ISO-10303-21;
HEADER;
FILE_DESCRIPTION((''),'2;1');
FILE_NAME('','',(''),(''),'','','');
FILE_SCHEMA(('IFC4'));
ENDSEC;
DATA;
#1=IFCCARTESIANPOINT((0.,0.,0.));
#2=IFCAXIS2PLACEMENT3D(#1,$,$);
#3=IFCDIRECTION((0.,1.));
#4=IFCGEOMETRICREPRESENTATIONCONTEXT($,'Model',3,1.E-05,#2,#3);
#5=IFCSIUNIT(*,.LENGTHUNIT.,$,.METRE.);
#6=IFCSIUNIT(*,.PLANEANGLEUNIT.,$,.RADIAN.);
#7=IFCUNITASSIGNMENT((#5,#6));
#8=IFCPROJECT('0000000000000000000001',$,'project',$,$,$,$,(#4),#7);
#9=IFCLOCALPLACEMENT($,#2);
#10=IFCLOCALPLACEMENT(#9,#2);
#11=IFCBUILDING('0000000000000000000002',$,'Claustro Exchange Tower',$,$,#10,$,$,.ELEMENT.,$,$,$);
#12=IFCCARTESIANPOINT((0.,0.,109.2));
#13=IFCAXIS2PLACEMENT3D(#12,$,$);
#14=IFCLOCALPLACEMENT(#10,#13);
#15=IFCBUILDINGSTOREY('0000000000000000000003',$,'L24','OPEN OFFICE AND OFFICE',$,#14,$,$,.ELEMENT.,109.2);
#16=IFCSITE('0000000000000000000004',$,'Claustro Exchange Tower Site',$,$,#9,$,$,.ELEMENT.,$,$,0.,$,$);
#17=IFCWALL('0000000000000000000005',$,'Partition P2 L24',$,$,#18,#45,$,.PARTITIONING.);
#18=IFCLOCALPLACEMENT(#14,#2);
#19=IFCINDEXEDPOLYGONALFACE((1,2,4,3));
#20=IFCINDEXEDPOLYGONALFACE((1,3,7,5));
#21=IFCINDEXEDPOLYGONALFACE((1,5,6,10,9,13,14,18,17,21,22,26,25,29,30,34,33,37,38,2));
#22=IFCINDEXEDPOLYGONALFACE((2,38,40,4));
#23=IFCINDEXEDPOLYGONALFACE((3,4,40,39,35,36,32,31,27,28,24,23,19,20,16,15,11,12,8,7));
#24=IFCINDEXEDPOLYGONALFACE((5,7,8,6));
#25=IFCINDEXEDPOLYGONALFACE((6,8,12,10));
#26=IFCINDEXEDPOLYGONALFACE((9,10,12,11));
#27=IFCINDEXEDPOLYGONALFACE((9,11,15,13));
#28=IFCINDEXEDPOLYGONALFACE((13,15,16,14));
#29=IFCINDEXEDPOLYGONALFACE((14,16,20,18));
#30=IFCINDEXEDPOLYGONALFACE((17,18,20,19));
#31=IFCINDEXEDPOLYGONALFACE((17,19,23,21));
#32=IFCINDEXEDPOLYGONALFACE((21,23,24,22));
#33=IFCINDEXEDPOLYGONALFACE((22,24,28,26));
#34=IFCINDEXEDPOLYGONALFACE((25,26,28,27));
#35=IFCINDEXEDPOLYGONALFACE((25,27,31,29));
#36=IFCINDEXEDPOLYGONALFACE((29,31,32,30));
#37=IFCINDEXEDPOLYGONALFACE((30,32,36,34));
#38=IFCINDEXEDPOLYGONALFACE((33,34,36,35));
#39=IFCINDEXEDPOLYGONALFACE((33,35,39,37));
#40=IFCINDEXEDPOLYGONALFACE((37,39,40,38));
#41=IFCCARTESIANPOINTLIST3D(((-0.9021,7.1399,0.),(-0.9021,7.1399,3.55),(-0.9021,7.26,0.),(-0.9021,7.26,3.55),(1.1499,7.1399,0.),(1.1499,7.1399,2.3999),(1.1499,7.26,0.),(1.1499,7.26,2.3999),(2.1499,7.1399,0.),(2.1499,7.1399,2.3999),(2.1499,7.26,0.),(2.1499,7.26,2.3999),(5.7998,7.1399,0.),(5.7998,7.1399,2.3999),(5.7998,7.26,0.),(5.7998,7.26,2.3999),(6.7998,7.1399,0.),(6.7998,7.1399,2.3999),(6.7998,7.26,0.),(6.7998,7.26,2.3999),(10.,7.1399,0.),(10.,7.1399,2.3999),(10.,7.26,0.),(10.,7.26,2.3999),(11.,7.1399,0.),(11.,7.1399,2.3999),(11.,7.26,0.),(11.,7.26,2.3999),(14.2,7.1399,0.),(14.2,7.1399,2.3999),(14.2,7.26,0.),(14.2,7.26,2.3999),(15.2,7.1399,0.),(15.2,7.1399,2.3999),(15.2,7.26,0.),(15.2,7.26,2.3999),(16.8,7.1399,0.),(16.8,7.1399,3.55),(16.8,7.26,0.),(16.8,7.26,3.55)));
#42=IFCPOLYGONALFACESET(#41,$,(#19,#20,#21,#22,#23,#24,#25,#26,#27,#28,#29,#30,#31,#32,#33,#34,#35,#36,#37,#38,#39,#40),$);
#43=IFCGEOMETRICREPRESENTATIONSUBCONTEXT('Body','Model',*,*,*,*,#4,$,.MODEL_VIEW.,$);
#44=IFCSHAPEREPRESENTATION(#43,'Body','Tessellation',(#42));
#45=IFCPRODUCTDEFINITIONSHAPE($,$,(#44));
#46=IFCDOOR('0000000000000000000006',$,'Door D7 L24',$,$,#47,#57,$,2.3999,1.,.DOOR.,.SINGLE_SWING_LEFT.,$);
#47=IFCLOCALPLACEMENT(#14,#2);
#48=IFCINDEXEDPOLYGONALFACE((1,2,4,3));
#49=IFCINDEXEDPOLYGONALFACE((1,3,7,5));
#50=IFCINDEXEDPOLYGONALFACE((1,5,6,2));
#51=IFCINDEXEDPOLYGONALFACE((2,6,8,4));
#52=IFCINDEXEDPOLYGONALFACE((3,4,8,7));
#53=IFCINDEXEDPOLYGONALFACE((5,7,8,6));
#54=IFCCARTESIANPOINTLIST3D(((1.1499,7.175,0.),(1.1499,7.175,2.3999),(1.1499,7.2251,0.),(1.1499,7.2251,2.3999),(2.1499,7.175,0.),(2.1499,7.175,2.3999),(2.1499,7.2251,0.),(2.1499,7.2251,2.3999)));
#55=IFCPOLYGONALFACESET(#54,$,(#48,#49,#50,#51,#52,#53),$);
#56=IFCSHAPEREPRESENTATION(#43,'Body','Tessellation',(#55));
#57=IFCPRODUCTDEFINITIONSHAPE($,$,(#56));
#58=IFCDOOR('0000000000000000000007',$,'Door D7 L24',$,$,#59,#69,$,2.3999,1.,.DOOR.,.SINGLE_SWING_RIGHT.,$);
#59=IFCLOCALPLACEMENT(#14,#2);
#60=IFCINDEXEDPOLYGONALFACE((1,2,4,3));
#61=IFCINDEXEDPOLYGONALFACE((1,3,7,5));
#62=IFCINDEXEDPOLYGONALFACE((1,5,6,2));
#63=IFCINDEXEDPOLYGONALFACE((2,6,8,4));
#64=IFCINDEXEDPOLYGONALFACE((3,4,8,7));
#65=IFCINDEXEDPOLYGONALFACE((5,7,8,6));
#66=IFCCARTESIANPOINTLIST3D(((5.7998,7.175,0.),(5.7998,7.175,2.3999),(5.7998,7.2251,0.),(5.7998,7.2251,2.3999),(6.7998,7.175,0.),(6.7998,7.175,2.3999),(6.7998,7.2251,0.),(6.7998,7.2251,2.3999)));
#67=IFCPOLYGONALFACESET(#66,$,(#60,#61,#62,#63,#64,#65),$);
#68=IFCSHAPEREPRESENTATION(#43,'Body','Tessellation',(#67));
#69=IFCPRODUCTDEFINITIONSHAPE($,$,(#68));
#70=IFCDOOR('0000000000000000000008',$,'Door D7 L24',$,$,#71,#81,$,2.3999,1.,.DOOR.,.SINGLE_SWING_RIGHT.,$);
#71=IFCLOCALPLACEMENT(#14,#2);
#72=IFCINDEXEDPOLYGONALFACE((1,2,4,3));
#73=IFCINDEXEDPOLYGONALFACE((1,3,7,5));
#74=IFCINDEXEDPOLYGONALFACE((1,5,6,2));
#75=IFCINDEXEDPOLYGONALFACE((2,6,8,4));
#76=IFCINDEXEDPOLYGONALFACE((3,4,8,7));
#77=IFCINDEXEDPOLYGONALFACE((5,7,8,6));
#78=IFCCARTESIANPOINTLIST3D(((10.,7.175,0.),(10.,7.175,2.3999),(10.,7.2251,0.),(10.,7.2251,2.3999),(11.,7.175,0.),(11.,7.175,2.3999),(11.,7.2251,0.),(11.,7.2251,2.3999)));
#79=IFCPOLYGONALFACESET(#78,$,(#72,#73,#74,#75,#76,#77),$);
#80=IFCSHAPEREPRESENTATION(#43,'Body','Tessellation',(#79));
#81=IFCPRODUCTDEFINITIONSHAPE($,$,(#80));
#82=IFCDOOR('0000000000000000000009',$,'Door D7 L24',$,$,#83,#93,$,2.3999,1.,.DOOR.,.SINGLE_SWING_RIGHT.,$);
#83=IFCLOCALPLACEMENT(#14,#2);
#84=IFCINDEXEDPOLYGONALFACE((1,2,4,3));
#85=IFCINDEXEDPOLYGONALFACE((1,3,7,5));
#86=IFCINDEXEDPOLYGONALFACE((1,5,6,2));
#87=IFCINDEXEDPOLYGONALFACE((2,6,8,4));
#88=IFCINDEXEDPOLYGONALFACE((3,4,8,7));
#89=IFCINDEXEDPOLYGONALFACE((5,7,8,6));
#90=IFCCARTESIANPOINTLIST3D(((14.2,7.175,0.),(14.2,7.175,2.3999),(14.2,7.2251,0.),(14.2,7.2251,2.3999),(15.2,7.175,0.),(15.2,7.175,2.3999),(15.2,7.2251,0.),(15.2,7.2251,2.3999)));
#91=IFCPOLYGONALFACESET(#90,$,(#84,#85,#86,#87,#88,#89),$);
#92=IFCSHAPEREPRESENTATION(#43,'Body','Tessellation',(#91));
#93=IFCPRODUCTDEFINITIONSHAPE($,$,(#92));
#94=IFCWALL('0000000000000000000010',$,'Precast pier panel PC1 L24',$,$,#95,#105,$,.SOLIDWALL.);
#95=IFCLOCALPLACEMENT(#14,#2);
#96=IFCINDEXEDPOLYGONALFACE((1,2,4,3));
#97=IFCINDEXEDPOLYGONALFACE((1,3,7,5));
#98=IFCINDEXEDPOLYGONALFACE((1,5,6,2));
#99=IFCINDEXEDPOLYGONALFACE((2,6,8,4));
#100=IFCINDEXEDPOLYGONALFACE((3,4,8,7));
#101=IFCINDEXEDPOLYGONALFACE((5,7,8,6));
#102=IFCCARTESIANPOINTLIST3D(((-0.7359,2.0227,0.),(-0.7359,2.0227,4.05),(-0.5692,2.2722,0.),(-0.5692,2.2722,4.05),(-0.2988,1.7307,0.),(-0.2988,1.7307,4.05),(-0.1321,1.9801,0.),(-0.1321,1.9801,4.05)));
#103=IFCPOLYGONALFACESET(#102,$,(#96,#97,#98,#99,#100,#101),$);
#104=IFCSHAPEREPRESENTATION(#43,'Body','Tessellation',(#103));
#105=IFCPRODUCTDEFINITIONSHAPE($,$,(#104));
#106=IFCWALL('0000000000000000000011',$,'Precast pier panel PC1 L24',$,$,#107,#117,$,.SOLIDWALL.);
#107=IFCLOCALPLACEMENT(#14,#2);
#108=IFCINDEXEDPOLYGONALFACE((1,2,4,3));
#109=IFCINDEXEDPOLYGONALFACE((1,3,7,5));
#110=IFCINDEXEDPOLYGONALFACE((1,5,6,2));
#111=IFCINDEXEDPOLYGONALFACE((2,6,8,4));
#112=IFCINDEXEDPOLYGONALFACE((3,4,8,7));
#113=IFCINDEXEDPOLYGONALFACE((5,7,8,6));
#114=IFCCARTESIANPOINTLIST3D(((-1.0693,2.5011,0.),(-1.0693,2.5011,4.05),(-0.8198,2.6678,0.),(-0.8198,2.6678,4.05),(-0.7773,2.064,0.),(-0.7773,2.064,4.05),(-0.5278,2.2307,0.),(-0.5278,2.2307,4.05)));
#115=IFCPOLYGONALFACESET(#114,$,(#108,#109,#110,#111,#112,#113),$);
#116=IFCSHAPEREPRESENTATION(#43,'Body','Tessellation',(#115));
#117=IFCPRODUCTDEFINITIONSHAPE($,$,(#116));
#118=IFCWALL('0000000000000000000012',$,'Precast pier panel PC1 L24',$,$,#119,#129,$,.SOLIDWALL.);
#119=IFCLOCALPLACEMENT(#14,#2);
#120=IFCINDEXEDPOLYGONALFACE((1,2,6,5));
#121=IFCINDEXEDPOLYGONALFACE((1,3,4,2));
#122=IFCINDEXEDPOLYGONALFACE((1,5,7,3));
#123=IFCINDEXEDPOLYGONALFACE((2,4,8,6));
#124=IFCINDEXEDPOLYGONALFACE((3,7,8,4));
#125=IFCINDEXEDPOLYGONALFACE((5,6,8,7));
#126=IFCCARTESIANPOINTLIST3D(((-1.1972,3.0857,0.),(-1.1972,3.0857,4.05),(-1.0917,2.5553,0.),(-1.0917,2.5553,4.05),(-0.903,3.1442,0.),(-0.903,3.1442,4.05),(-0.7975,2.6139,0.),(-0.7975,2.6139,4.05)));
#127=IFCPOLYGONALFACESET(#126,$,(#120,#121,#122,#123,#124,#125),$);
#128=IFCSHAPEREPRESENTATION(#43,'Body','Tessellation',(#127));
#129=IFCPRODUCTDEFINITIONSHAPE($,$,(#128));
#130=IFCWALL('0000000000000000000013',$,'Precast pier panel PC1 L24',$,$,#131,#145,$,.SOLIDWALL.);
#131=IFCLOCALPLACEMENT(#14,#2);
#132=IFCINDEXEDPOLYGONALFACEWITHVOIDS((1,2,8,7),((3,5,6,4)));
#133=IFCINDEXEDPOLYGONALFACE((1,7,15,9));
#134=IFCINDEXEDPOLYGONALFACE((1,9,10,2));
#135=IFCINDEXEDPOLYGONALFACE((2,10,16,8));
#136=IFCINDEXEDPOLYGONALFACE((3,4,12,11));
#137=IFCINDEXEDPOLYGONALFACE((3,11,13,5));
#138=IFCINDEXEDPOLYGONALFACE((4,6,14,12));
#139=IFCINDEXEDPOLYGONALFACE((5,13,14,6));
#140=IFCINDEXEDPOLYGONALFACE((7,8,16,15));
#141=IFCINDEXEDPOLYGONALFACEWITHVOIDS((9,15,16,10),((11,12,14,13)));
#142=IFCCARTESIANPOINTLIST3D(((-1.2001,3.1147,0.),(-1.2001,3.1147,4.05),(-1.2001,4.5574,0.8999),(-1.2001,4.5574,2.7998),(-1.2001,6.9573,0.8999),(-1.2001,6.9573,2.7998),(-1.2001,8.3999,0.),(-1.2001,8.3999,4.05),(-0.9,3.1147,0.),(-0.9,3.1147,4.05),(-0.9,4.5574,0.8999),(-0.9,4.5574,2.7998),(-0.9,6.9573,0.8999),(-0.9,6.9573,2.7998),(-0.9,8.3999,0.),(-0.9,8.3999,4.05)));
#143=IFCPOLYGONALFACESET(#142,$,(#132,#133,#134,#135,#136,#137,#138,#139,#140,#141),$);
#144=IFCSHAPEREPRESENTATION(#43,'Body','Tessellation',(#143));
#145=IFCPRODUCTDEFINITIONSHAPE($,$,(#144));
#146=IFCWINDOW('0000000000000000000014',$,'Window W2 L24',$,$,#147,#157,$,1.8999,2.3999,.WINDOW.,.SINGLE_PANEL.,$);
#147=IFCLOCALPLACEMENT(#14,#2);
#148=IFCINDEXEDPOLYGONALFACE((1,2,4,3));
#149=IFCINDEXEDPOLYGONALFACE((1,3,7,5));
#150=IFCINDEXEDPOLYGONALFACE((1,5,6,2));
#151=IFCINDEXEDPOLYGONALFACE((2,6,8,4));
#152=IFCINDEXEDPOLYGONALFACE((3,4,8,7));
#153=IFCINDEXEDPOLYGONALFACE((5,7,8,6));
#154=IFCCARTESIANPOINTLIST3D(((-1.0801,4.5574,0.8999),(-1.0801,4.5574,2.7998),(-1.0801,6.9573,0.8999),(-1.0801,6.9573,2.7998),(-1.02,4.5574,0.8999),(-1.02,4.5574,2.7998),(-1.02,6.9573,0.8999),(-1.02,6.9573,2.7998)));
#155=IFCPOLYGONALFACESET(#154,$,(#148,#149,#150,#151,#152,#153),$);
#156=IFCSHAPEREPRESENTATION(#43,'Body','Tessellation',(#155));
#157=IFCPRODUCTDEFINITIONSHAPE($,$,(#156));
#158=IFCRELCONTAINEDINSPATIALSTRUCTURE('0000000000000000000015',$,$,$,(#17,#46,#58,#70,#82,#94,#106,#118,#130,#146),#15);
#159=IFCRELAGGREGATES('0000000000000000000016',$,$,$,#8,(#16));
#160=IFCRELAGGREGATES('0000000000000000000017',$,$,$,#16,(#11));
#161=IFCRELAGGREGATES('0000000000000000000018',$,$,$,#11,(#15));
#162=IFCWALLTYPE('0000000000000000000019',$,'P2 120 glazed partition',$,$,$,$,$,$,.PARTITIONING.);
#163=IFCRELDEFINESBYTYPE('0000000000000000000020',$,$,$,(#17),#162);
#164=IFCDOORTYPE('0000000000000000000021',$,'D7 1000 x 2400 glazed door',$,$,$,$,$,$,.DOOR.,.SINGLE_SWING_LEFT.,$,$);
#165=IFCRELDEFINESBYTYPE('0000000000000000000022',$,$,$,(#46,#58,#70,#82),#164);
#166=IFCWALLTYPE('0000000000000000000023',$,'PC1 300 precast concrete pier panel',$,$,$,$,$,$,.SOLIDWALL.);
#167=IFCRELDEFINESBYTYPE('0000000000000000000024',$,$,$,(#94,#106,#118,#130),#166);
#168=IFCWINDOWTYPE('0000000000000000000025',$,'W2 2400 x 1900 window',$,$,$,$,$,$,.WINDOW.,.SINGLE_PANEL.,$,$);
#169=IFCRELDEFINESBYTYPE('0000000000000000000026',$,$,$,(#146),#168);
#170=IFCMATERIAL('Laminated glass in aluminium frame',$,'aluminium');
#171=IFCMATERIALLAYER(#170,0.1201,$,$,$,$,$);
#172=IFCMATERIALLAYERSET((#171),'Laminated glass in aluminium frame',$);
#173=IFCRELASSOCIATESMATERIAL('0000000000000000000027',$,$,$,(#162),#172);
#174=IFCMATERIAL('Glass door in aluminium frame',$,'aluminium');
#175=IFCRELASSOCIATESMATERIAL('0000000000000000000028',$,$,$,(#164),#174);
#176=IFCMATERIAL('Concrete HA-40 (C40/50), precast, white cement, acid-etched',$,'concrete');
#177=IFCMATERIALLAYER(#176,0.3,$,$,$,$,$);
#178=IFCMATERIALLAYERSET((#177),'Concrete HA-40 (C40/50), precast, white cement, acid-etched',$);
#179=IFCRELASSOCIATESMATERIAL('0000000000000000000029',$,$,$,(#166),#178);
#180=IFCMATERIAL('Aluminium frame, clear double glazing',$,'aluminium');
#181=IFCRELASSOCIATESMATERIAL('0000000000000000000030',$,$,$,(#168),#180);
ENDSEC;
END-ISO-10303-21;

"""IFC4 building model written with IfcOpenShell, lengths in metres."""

from ifc_helpers import new_model, si_unit, direction, frame, frame_2d, origin, place, context, subcontext, project, spatial, rectangle, extrude, material, layer, layer_set, type_object, element, fill, save


model = new_model("IFC4")

# Units and contexts
model_context = context("Model", 3, precision=1e-05, world=origin(), true_north=direction((0.0, 1.0)))
body_context = subcontext(model_context, "Body", "Model", "MODEL_VIEW")
ifc_project = project(units=[si_unit("LENGTHUNIT", "METRE"), si_unit("PLANEANGLEUNIT", "RADIAN")], contexts=[model_context])

# Site, building, storey
site_placement = place(None, origin())
site = spatial("IfcSite", under=ifc_project, at=site_placement, Name="Claustro Exchange Tower Site", CompositionType="ELEMENT", RefElevation=0.0)
building_placement = place(site_placement, origin())
building = spatial("IfcBuilding", under=site, at=building_placement, Name="Claustro Exchange Tower", CompositionType="ELEMENT")
storey_placement = place(building_placement, frame((0.0, 0.0, 109.2)))
storey = spatial("IfcBuildingStorey", under=building, at=storey_placement, Name="L24", Description="OPEN OFFICE AND OFFICE", CompositionType="ELEMENT", Elevation=109.2)

# Wall, openings, doors
ifc_material_1 = material(Name="Laminated glass in aluminium frame", Category="aluminium")
ifc_layer_1 = layer(ifc_material_1, 0.1201)
ifc_layer_set_1 = layer_set([ifc_layer_1], Name="Laminated glass in aluminium frame")
wall_type_1 = type_object("IfcWallType", Name="P2 120 glazed partition", PredefinedType="PARTITIONING", material=ifc_layer_set_1)
wall_1_placement = place(storey_placement, frame((-0.9021, 7.2, 0.0), z_axis=(0.0, 0.0, 1.0), x_axis=(1.0, 0.0, 0.0)))
wall_1 = element("IfcWall", 1, at=wall_1_placement, inside=storey, type_object=wall_type_1, Name="Partition P2 L24", PredefinedType="PARTITIONING", context=body_context, shape_type="SweptSolid", body=[
    extrude(rectangle(XDim=17.7021, YDim=0.1201, at=frame_2d((8.8511, 0.0))), origin(), (0.0, 0.0, 1.0), 3.55),
])
opening_1_placement = place(wall_1_placement, frame((2.052, 0.0, 0.0)))
opening_1 = element("IfcOpeningElement", 2, at=opening_1_placement, cuts=wall_1, PredefinedType="OPENING", context=body_context, shape_type="SweptSolid", body=[
    extrude(rectangle(XDim=1.0, YDim=2.3999, at=frame_2d((0.5, 1.2))), frame((0.0, 0.0701, 0.0), z_axis=(0.0, -1.0, 0.0), x_axis=(1.0, 0.0, 0.0)), (0.0, 0.0, 1.0), 0.1401),
])
opening_2_placement = place(wall_1_placement, frame((6.7019, 0.0, 0.0)))
opening_2 = element("IfcOpeningElement", 3, at=opening_2_placement, cuts=wall_1, PredefinedType="OPENING", context=body_context, shape_type="SweptSolid", body=[
    extrude(rectangle(XDim=1.0, YDim=2.3999, at=frame_2d((0.5, 1.2))), frame((0.0, 0.0701, 0.0), z_axis=(0.0, -1.0, 0.0), x_axis=(1.0, 0.0, 0.0)), (0.0, 0.0, 1.0), 0.1401),
])
opening_3_placement = place(wall_1_placement, frame((10.9021, 0.0, 0.0)))
opening_3 = element("IfcOpeningElement", 4, at=opening_3_placement, cuts=wall_1, PredefinedType="OPENING", context=body_context, shape_type="SweptSolid", body=[
    extrude(rectangle(XDim=1.0, YDim=2.3999, at=frame_2d((0.5, 1.2))), frame((0.0, 0.0701, 0.0), z_axis=(0.0, -1.0, 0.0), x_axis=(1.0, 0.0, 0.0)), (0.0, 0.0, 1.0), 0.1401),
])
opening_4_placement = place(wall_1_placement, frame((15.1021, 0.0, 0.0)))
opening_4 = element("IfcOpeningElement", 5, at=opening_4_placement, cuts=wall_1, PredefinedType="OPENING", context=body_context, shape_type="SweptSolid", body=[
    extrude(rectangle(XDim=1.0, YDim=2.3999, at=frame_2d((0.5, 1.2))), frame((0.0, 0.0701, 0.0), z_axis=(0.0, -1.0, 0.0), x_axis=(1.0, 0.0, 0.0)), (0.0, 0.0, 1.0), 0.1401),
])
ifc_material_2 = material(Name="Glass door in aluminium frame", Category="aluminium")
door_type_1 = type_object("IfcDoorType", Name="D7 1000 x 2400 glazed door", OperationType="SINGLE_SWING_LEFT", PredefinedType="DOOR", material=ifc_material_2)
door_1_placement = place(opening_1_placement, frame((1.0, 0.0, 0.0), z_axis=(0.0, 0.0, 1.0), x_axis=(-1.0, 0.0, 0.0)))
door_1 = element("IfcDoor", 6, at=door_1_placement, inside=storey, type_object=door_type_1, Name="Door D7 L24", OperationType="SINGLE_SWING_LEFT", OverallHeight=2.3999, OverallWidth=1.0, PredefinedType="DOOR", context=body_context, shape_type="SweptSolid", body=[
    extrude(rectangle(XDim=1.0, YDim=2.3999, at=frame_2d((0.5, 1.2))), frame((0.0, 0.0249, 0.0), z_axis=(0.0, -1.0, 0.0), x_axis=(1.0, 0.0, 0.0)), (0.0, 0.0, 1.0), 0.05),
])
fill(opening_1, door_1)
door_2_placement = place(opening_2_placement, frame((1.0, 0.0, 0.0), z_axis=(0.0, 0.0, 1.0), x_axis=(-1.0, 0.0, 0.0)))
door_2 = element("IfcDoor", 7, at=door_2_placement, inside=storey, type_object=door_type_1, Name="Door D7 L24", OperationType="SINGLE_SWING_RIGHT", OverallHeight=2.3999, OverallWidth=1.0, PredefinedType="DOOR", context=body_context, shape_type="SweptSolid", body=[
    extrude(rectangle(XDim=1.0, YDim=2.3999, at=frame_2d((0.5, 1.2))), frame((0.0, 0.0249, 0.0), z_axis=(0.0, -1.0, 0.0), x_axis=(1.0, 0.0, 0.0)), (0.0, 0.0, 1.0), 0.05),
])
fill(opening_2, door_2)
door_3_placement = place(opening_3_placement, frame((1.0, 0.0, 0.0), z_axis=(0.0, 0.0, 1.0), x_axis=(-1.0, 0.0, 0.0)))
door_3 = element("IfcDoor", 8, at=door_3_placement, inside=storey, type_object=door_type_1, Name="Door D7 L24", OperationType="SINGLE_SWING_RIGHT", OverallHeight=2.3999, OverallWidth=1.0, PredefinedType="DOOR", context=body_context, shape_type="SweptSolid", body=[
    extrude(rectangle(XDim=1.0, YDim=2.3999, at=frame_2d((0.5, 1.2))), frame((0.0, 0.0249, 0.0), z_axis=(0.0, -1.0, 0.0), x_axis=(1.0, 0.0, 0.0)), (0.0, 0.0, 1.0), 0.05),
])
fill(opening_3, door_3)
door_4_placement = place(opening_4_placement, frame((1.0, 0.0, 0.0), z_axis=(0.0, 0.0, 1.0), x_axis=(-1.0, 0.0, 0.0)))
door_4 = element("IfcDoor", 9, at=door_4_placement, inside=storey, type_object=door_type_1, Name="Door D7 L24", OperationType="SINGLE_SWING_RIGHT", OverallHeight=2.3999, OverallWidth=1.0, PredefinedType="DOOR", context=body_context, shape_type="SweptSolid", body=[
    extrude(rectangle(XDim=1.0, YDim=2.3999, at=frame_2d((0.5, 1.2))), frame((0.0, 0.0249, 0.0), z_axis=(0.0, -1.0, 0.0), x_axis=(1.0, 0.0, 0.0)), (0.0, 0.0, 1.0), 0.05),
])
fill(opening_4, door_4)

# Walls
ifc_material_3 = material(Name="Concrete HA-40 (C40/50), precast, white cement, acid-etched", Category="concrete")
ifc_layer_2 = layer(ifc_material_3, 0.3)
ifc_layer_set_2 = layer_set([ifc_layer_2], Name="Concrete HA-40 (C40/50), precast, white cement, acid-etched")
wall_type_2 = type_object("IfcWallType", Name="PC1 300 precast concrete pier panel", PredefinedType="SOLIDWALL", material=ifc_layer_set_2)
for number, where, z_axis, x_axis, name in (
    (10, (-0.2156, 1.8555, 0.0), (0.0, 0.0, 1.0), (-0.831478, 0.555557, 0.0), "Precast pier panel PC1 L24"),
    (11, (-0.6526, 2.1475, 0.0), (0.0, 0.0, 1.0), (-0.555557, 0.831478, 0.0), "Precast pier panel PC1 L24"),
):
    element("IfcWall", number, at=place(storey_placement, frame(where, z_axis=z_axis, x_axis=x_axis)), inside=storey, type_object=wall_type_2, Name=name, PredefinedType="SOLIDWALL", context=body_context, shape_type="SweptSolid", body=[
        extrude(rectangle(XDim=0.5256, YDim=0.3, at=frame_2d((0.2627, 0.0))), origin(), (0.0, 0.0, 1.0), 4.05),
    ])
wall_2_placement = place(storey_placement, frame((-0.9446, 2.5845, 0.0), z_axis=(0.0, 0.0, 1.0), x_axis=(-0.195074, 0.980789, 0.0)))
element("IfcWall", 12, at=wall_2_placement, inside=storey, type_object=wall_type_2, Name="Precast pier panel PC1 L24", PredefinedType="SOLIDWALL", context=body_context, shape_type="SweptSolid", body=[
    extrude(rectangle(XDim=0.5408, YDim=0.3, at=frame_2d((0.2705, 0.0))), origin(), (0.0, 0.0, 1.0), 4.05),
])

# Wall, opening, window
wall_3_placement = place(storey_placement, frame((-1.05, 3.1147, 0.0), z_axis=(0.0, 0.0, 1.0), x_axis=(0.0, 1.0, 0.0)))
wall_3 = element("IfcWall", 13, at=wall_3_placement, inside=storey, type_object=wall_type_2, Name="Precast pier panel PC1 L24", PredefinedType="SOLIDWALL", context=body_context, shape_type="SweptSolid", body=[
    extrude(rectangle(XDim=5.2852, YDim=0.3, at=frame_2d((2.6426, 0.0))), origin(), (0.0, 0.0, 1.0), 4.05),
])
opening_5_placement = place(wall_3_placement, frame((1.4426, 0.0, 0.8999)))
opening_5 = element("IfcOpeningElement", 14, at=opening_5_placement, cuts=wall_3, PredefinedType="OPENING", context=body_context, shape_type="SweptSolid", body=[
    extrude(rectangle(XDim=2.3999, YDim=1.8999, at=frame_2d((1.2, 0.95))), frame((0.0, 0.1599, 0.0), z_axis=(0.0, -1.0, 0.0), x_axis=(1.0, 0.0, 0.0)), (0.0, 0.0, 1.0), 0.3201),
])
ifc_material_4 = material(Name="Aluminium frame, clear double glazing", Category="aluminium")
window_type = type_object("IfcWindowType", Name="W2 2400 x 1900 window", PartitioningType="SINGLE_PANEL", PredefinedType="WINDOW", material=ifc_material_4)
window_1_placement = place(opening_5_placement, origin())
window_1 = element("IfcWindow", 15, at=window_1_placement, inside=storey, type_object=window_type, Name="Window W2 L24", OverallHeight=1.8999, OverallWidth=2.3999, PartitioningType="SINGLE_PANEL", PredefinedType="WINDOW", context=body_context, shape_type="SweptSolid", body=[
    extrude(rectangle(XDim=2.3999, YDim=1.8999, at=frame_2d((1.2, 0.95))), frame((0.0, 0.03, 0.0), z_axis=(0.0, -1.0, 0.0), x_axis=(1.0, 0.0, 0.0)), (0.0, 0.0, 1.0), 0.0601),
])
fill(opening_5, window_1)

save(model, "model.ifc")
